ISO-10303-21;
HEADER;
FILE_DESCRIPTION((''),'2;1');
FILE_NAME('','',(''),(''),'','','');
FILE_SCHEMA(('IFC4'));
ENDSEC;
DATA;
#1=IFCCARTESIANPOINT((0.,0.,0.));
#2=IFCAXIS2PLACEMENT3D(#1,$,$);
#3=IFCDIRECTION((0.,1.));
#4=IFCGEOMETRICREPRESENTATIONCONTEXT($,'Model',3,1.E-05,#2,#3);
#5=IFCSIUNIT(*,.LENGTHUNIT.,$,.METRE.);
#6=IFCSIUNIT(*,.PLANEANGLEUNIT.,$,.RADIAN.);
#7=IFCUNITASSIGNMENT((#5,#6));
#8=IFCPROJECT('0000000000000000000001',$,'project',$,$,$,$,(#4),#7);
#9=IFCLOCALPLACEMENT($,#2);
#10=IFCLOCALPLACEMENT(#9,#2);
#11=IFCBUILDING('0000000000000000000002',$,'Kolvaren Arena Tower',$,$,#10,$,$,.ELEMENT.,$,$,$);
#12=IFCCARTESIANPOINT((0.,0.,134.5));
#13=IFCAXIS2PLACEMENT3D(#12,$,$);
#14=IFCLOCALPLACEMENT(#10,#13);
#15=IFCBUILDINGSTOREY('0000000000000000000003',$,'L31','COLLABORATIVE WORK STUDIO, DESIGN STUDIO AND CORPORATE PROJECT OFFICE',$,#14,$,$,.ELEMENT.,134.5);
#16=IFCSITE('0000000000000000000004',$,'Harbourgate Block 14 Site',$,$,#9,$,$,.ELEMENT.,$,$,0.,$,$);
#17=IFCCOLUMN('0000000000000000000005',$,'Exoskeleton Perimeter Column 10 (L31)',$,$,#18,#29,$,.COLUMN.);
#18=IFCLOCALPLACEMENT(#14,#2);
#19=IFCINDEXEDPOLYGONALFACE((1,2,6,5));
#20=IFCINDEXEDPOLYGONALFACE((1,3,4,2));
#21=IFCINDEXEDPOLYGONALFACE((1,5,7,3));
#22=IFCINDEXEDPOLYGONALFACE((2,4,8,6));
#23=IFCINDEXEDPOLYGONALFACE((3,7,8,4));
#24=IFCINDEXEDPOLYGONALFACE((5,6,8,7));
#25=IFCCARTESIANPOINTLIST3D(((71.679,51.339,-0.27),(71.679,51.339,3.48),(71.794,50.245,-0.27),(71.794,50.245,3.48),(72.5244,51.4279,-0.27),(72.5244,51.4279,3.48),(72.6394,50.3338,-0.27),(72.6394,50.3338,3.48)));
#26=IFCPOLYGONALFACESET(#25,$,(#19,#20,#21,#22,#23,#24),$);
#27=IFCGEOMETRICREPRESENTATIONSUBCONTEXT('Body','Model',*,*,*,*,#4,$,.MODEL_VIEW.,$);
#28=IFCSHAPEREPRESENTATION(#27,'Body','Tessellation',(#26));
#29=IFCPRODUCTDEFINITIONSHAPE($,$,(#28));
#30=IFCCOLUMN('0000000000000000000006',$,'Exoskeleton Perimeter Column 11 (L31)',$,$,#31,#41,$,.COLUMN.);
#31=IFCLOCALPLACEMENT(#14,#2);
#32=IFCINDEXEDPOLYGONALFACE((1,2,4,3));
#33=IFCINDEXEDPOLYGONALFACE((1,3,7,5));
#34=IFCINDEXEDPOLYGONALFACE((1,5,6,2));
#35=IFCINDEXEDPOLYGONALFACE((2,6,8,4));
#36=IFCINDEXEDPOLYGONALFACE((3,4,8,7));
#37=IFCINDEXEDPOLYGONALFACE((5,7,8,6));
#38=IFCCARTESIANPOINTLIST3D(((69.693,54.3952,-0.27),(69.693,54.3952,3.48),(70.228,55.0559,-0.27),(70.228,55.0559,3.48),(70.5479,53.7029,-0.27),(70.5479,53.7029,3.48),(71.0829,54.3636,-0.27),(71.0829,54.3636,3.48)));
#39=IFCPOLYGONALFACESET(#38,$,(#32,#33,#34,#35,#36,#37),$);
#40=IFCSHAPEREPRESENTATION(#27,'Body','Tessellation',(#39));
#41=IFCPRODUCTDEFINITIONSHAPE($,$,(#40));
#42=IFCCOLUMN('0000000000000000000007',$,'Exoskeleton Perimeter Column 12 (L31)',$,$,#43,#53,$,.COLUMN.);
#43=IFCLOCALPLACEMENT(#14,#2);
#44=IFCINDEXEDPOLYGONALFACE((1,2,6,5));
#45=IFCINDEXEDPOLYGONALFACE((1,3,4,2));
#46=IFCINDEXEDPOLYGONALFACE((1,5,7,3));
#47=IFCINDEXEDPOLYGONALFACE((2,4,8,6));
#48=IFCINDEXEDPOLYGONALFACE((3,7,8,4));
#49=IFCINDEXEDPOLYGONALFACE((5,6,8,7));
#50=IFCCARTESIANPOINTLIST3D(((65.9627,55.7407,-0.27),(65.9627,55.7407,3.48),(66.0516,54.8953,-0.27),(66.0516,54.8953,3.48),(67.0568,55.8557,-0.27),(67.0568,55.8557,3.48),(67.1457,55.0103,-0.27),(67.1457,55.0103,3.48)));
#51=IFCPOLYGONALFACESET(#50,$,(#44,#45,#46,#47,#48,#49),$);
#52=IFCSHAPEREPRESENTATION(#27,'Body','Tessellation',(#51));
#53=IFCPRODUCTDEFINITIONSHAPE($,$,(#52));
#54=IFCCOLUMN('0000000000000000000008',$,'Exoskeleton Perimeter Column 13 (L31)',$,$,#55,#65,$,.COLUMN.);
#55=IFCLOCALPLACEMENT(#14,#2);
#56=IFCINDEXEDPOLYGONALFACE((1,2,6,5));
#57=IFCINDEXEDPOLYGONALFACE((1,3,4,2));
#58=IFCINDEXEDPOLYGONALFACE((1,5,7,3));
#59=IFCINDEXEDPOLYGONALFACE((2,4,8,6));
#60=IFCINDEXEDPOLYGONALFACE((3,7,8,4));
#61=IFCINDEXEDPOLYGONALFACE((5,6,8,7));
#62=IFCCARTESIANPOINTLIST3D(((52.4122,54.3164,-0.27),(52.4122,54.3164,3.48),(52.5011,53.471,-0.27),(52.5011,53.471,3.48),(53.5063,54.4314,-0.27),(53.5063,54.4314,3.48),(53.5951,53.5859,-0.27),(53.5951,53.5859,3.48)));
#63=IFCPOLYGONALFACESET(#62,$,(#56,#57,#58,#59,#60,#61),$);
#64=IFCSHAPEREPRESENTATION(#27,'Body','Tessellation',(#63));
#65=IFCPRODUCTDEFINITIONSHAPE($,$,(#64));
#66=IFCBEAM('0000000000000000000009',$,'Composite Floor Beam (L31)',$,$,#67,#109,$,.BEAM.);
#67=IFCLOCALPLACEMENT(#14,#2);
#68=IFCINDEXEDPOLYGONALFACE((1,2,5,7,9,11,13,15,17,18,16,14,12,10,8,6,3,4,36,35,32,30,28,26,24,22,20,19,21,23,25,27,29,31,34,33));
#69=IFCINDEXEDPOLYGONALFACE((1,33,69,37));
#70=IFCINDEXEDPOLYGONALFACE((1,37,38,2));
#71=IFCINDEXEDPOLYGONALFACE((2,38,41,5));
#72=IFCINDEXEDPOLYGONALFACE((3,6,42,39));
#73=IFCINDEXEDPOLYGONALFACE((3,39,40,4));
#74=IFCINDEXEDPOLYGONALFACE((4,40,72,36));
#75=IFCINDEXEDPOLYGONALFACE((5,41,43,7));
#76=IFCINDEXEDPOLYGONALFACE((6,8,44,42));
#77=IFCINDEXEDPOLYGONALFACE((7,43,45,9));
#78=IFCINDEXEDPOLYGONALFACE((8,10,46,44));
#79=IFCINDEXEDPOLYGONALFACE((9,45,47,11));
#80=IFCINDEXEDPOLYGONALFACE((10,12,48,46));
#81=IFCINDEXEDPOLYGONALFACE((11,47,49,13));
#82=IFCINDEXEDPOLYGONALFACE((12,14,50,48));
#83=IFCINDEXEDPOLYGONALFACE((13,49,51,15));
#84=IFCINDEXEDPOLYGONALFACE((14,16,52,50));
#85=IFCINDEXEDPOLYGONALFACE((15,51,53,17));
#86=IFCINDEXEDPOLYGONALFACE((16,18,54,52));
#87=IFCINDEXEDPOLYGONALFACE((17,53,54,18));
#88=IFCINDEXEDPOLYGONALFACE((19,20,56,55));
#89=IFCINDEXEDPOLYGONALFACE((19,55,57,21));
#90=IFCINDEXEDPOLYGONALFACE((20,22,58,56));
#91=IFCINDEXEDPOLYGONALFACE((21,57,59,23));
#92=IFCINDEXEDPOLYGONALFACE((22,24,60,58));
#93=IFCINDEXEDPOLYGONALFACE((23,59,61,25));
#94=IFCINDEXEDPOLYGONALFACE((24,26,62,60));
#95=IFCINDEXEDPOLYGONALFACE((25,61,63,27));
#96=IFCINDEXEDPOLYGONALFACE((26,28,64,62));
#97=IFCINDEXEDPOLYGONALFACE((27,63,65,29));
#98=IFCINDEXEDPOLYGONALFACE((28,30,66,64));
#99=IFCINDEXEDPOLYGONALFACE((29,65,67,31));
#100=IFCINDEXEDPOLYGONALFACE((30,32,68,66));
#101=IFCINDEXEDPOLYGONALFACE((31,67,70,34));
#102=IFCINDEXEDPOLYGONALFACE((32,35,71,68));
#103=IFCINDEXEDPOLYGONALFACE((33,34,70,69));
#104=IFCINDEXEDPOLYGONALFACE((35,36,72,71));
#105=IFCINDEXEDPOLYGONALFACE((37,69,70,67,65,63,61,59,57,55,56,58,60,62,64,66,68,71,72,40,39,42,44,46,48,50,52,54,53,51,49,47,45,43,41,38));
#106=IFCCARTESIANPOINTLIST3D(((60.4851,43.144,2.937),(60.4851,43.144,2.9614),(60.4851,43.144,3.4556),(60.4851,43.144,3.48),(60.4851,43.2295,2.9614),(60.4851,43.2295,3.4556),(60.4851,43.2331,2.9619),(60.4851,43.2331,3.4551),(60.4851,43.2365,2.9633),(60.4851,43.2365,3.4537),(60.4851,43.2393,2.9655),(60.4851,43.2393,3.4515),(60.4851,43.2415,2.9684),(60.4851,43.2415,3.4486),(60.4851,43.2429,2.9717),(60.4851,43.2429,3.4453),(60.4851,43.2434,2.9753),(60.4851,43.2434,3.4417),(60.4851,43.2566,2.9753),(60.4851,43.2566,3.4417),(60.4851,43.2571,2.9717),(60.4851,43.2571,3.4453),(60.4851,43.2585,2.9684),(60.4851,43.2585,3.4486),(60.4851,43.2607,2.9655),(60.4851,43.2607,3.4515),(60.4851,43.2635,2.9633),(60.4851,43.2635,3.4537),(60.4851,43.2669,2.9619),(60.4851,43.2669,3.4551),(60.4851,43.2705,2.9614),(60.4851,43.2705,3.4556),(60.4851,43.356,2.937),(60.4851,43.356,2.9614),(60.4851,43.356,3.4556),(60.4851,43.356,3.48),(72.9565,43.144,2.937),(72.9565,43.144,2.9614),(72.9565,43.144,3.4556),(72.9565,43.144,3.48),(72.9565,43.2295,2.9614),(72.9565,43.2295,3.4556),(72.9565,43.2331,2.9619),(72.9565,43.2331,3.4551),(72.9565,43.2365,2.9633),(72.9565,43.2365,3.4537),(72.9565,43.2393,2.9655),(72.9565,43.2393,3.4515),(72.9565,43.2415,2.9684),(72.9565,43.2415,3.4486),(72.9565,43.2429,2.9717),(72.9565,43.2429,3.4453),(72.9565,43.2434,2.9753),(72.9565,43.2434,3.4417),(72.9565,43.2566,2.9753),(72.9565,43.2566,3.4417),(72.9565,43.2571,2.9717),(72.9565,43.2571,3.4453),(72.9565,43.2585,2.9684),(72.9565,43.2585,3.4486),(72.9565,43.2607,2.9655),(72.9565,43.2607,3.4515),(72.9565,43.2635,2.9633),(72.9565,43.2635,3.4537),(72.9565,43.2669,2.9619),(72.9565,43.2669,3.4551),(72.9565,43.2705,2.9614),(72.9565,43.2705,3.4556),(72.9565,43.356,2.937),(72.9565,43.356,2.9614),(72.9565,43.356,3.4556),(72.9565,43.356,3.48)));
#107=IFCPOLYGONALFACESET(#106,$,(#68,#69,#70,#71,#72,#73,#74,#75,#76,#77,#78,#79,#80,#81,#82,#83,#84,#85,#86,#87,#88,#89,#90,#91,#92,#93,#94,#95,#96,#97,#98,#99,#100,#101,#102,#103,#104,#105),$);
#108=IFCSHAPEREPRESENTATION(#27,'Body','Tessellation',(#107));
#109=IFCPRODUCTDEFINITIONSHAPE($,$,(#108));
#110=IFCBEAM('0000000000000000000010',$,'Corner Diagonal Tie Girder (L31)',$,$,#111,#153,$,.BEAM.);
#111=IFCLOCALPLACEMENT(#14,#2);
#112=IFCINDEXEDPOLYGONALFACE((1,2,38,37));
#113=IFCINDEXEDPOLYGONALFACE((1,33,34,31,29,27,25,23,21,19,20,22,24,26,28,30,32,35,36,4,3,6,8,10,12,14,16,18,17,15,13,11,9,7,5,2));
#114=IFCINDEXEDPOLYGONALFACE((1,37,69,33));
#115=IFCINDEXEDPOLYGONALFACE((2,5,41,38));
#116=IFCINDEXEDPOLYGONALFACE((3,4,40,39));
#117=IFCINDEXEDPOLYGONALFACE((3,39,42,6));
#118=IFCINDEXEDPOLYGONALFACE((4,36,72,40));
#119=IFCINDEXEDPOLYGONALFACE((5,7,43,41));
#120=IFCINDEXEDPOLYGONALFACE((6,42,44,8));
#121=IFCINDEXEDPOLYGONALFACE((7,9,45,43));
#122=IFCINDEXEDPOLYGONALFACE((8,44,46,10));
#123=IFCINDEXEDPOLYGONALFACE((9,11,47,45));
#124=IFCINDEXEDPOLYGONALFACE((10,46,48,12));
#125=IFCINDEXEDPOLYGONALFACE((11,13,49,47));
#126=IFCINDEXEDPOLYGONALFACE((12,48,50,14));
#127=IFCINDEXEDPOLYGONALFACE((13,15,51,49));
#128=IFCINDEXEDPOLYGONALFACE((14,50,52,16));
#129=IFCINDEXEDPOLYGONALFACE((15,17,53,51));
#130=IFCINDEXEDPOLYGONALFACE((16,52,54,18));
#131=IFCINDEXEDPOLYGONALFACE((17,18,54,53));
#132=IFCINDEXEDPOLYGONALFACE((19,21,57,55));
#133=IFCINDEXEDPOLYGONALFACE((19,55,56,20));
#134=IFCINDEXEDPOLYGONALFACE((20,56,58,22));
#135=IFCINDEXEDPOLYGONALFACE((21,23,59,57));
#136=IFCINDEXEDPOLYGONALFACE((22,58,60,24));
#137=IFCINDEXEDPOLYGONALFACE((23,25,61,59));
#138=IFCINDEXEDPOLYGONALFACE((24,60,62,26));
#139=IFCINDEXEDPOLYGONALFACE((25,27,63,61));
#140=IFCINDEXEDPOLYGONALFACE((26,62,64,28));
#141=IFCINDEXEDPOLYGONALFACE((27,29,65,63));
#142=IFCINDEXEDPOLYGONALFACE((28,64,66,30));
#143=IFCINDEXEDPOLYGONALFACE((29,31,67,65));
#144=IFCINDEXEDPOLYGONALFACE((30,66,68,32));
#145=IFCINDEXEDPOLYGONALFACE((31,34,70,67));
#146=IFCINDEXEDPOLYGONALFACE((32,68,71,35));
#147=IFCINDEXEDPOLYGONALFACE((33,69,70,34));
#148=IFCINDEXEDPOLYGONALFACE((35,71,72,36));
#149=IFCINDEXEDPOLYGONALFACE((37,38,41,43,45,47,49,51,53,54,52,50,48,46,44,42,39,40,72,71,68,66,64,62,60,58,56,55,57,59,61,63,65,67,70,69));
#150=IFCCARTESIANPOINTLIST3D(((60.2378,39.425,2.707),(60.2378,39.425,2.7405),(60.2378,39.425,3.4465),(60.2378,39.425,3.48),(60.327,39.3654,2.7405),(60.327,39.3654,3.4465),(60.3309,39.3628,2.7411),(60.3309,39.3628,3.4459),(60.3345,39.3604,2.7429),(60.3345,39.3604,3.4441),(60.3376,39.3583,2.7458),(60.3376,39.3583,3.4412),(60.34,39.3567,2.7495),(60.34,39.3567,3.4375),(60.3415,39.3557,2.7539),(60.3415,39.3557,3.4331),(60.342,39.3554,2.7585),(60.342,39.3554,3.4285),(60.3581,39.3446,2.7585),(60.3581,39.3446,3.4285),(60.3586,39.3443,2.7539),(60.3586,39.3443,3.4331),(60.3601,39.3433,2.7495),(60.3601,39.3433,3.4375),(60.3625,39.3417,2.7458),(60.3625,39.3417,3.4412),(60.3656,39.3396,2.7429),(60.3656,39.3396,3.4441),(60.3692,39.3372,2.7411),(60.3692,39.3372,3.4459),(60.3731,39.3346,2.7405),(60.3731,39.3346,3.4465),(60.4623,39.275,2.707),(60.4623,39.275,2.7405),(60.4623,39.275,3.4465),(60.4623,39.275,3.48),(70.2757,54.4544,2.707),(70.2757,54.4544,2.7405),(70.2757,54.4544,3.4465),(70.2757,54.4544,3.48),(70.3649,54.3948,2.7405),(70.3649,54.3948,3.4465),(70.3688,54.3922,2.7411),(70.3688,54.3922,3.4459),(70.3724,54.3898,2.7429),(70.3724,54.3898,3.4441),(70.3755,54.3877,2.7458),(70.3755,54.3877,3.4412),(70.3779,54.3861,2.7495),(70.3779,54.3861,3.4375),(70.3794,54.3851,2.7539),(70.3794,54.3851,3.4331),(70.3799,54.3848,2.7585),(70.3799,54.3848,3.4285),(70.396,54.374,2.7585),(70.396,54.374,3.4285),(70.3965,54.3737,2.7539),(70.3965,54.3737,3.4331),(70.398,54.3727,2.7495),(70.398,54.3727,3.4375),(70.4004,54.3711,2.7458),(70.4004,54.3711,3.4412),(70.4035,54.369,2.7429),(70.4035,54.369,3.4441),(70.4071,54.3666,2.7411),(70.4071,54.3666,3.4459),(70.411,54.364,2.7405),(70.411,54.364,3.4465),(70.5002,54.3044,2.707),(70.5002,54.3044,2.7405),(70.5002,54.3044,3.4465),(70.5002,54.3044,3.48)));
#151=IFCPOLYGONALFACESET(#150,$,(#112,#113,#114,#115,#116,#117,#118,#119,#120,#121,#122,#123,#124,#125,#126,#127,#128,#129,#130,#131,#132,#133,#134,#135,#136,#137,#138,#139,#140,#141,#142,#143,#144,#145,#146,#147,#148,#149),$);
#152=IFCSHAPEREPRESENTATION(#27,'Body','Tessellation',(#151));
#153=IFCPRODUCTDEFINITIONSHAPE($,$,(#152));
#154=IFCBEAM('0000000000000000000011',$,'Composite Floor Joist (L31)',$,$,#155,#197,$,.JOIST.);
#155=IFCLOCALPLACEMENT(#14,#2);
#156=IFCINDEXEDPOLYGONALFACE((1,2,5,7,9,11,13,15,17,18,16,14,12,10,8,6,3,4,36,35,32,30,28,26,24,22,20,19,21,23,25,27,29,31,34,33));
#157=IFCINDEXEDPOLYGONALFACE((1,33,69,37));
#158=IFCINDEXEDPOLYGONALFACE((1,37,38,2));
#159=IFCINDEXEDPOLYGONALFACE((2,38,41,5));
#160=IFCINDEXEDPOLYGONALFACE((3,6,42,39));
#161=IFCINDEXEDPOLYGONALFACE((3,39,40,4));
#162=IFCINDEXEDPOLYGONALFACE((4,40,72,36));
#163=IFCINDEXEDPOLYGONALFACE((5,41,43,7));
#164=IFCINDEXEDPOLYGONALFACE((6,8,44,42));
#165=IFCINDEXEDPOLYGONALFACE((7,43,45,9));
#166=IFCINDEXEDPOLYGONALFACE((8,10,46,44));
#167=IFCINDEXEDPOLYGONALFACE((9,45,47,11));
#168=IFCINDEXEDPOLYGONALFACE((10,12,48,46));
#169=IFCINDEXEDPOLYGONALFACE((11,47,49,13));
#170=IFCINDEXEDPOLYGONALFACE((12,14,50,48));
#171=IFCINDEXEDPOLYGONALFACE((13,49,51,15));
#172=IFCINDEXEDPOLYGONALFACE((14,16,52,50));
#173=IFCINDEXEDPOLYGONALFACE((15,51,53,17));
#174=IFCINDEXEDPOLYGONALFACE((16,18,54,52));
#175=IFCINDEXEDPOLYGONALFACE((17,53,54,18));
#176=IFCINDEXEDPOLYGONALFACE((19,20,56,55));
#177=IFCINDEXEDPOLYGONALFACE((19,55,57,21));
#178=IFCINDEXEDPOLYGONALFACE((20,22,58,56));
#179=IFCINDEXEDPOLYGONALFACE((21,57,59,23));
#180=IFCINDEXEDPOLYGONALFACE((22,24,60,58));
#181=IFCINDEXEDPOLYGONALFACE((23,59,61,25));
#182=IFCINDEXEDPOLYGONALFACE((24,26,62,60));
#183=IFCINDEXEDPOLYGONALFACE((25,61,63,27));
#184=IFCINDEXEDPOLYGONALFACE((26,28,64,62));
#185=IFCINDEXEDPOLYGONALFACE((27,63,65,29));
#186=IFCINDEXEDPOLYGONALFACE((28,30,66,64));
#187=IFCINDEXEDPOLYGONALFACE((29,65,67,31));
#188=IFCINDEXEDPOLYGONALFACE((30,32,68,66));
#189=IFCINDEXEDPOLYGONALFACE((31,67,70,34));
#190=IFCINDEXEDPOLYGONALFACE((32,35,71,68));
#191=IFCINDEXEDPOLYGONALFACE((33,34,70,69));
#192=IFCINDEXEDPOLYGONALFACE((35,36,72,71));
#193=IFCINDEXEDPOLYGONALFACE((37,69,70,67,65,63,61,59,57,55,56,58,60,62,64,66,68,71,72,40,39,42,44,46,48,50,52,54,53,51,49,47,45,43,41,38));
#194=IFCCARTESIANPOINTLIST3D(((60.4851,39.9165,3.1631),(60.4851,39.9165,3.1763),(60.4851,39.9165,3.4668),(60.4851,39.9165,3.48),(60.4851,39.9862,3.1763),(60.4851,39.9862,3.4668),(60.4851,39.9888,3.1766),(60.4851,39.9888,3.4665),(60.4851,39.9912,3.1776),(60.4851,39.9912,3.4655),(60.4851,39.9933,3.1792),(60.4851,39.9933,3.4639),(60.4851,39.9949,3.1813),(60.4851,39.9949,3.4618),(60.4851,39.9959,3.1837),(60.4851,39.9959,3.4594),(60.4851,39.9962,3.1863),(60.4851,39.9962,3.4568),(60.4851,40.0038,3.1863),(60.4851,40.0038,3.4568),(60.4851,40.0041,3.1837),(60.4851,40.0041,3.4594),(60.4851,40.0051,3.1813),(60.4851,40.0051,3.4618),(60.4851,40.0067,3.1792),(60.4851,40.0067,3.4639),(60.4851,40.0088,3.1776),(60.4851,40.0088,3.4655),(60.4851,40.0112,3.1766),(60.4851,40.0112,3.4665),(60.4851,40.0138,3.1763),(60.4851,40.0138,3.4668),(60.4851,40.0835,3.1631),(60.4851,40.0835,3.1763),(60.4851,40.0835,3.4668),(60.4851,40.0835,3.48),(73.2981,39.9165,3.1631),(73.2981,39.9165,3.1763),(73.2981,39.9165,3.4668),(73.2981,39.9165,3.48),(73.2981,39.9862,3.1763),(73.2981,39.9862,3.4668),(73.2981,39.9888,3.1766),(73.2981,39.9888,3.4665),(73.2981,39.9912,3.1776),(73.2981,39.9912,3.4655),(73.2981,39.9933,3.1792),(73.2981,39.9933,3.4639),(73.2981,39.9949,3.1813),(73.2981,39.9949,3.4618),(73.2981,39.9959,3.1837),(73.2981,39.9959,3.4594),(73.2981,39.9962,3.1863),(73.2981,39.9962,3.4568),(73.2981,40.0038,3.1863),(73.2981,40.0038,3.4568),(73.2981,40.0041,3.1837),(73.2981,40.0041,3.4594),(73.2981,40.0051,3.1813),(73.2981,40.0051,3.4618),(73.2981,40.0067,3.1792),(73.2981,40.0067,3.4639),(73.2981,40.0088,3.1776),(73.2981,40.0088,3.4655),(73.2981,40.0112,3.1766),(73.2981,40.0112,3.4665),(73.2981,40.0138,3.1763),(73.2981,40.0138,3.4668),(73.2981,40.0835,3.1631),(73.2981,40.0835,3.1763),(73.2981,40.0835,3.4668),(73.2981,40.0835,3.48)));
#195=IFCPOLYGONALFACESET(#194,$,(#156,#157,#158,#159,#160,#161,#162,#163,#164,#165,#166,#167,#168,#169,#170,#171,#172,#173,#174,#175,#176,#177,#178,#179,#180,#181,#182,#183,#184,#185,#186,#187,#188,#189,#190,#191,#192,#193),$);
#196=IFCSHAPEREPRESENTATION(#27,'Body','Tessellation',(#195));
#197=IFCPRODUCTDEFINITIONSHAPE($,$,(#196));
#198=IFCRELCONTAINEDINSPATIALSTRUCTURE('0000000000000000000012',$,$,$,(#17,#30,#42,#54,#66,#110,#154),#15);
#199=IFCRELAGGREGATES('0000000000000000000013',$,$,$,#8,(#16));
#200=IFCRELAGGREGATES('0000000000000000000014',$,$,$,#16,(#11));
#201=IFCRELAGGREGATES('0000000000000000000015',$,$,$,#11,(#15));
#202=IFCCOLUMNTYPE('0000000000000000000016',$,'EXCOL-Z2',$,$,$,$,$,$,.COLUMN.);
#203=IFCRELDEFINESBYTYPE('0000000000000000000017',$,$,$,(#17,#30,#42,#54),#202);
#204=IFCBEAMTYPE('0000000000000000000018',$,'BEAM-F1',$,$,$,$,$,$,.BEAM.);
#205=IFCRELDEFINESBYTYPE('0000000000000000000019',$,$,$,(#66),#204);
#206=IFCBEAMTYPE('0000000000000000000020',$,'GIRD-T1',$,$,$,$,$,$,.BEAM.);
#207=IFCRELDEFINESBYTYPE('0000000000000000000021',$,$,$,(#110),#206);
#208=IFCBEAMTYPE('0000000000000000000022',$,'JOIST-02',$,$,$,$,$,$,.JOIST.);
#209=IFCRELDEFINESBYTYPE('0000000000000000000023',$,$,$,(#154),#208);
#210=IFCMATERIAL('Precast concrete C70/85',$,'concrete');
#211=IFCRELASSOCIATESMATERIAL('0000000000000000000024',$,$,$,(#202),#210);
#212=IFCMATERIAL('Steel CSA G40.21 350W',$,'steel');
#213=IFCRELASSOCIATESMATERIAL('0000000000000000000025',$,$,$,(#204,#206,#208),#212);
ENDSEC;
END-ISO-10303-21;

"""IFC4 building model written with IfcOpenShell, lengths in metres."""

from ifc_helpers import new_model, si_unit, direction, frame, origin, origin_2d, place, context, subcontext, project, spatial, rectangle, i_section, extrude, material, material_profile, profile_set, type_object, element, save


model = new_model("IFC4")

# Units and contexts
model_context = context("Model", 3, precision=1e-05, world=origin(), true_north=direction((0.0, 1.0)))
body_context = subcontext(model_context, "Body", "Model", "MODEL_VIEW")
ifc_project = project(units=[si_unit("LENGTHUNIT", "METRE"), si_unit("PLANEANGLEUNIT", "RADIAN")], contexts=[model_context])

# Site, building, storey
site_placement = place(None, origin())
site = spatial("IfcSite", under=ifc_project, at=site_placement, Name="Harbourgate Block 14 Site", CompositionType="ELEMENT", RefElevation=0.0)
building_placement = place(site_placement, origin())
building = spatial("IfcBuilding", under=site, at=building_placement, Name="Kolvaren Arena Tower", CompositionType="ELEMENT")
storey_placement = place(building_placement, frame((0.0, 0.0, 134.5)))
storey = spatial("IfcBuildingStorey", under=building, at=storey_placement, Name="L31", Description="COLLABORATIVE WORK STUDIO, DESIGN STUDIO AND CORPORATE PROJECT OFFICE", CompositionType="ELEMENT", Elevation=134.5)

# Columns
ifc_material_1 = material(Name="Precast concrete C70/85", Category="concrete")
ifc_material_profile_1 = material_profile(ifc_material_1, rectangle(XDim=1.1001, YDim=0.8501, at=origin_2d()), Name="RC-1100x850")
ifc_profile_set_1 = profile_set([ifc_material_profile_1], Name="Precast concrete C70/85")
column_type = type_object("IfcColumnType", Name="EXCOL-Z2", PredefinedType="COLUMN", material=ifc_profile_set_1)
for number, where, z_axis, x_axis, name in (
    (1, (72.1592, 50.8364, -0.27), (0.0, 0.0, 1.0), (-0.104528, 0.994522, 0.0), "Exoskeleton Perimeter Column 10 (L31)"),
    (2, (70.3879, 54.3794, -0.27), (0.0, 0.0, 1.0), (-0.777146, 0.62932, 0.0), "Exoskeleton Perimeter Column 11 (L31)"),
    (3, (66.5542, 55.3755, -0.27), (0.0, 0.0, 1.0), (0.994522, 0.104528, 0.0), "Exoskeleton Perimeter Column 12 (L31)"),
    (4, (53.0037, 53.9512, -0.27), (0.0, 0.0, 1.0), (0.994522, 0.104528, 0.0), "Exoskeleton Perimeter Column 13 (L31)"),
):
    element("IfcColumn", number, at=place(storey_placement, frame(where, z_axis=z_axis, x_axis=x_axis)), inside=storey, type_object=column_type, Name=name, PredefinedType="COLUMN", context=body_context, shape_type="SweptSolid", body=[
        extrude(rectangle(XDim=1.1001, YDim=0.8501, at=origin_2d()), origin(), (0.0, 0.0, 1.0), 3.75),
    ])

# Beams
ifc_material_2 = material(Name="Steel CSA G40.21 350W", Category="steel")
ifc_material_profile_2 = material_profile(ifc_material_2, i_section(OverallWidth=0.2119, OverallDepth=0.543, WebThickness=0.0132, FlangeThickness=0.0244, FilletRadius=0.0139, at=origin_2d()), Name="W530x150")
ifc_profile_set_2 = profile_set([ifc_material_profile_2], Name="Steel CSA G40.21 350W")
beam_type_1 = type_object("IfcBeamType", Name="BEAM-F1", PredefinedType="BEAM", material=ifc_profile_set_2)
beam_1_placement = place(storey_placement, frame((60.4851, 43.25, 3.2085), z_axis=(1.0, 0.0, 0.0), x_axis=(0.0, 1.0, 0.0)))
element("IfcBeam", 5, at=beam_1_placement, inside=storey, type_object=beam_type_1, Name="Composite Floor Beam (L31)", PredefinedType="BEAM", context=body_context, shape_type="SweptSolid", body=[
    extrude(i_section(OverallWidth=0.2119, OverallDepth=0.543, WebThickness=0.0132, FlangeThickness=0.0244, FilletRadius=0.0139, at=origin_2d()), origin(), (0.0, 0.0, 1.0), 12.4714),
])
ifc_material_profile_3 = material_profile(ifc_material_2, i_section(OverallWidth=0.27, OverallDepth=0.7729, WebThickness=0.0193, FlangeThickness=0.0334, FilletRadius=0.0181, at=origin_2d()), Name="W760x257")
ifc_profile_set_3 = profile_set([ifc_material_profile_3], Name="Steel CSA G40.21 350W")
beam_type_2 = type_object("IfcBeamType", Name="GIRD-T1", PredefinedType="BEAM", material=ifc_profile_set_3)
beam_2_placement = place(storey_placement, frame((70.3879, 54.3794, 3.0935), z_axis=(-0.555401, -0.831582, 0.0), x_axis=(0.831582, -0.555401, 0.0)))
element("IfcBeam", 6, at=beam_2_placement, inside=storey, type_object=beam_type_2, Name="Corner Diagonal Tie Girder (L31)", PredefinedType="BEAM", context=body_context, shape_type="SweptSolid", body=[
    extrude(i_section(OverallWidth=0.27, OverallDepth=0.7729, WebThickness=0.0193, FlangeThickness=0.0334, FilletRadius=0.0181, at=origin_2d()), origin(), (0.0, 0.0, 1.0), 18.0732),
])
ifc_material_profile_4 = material_profile(ifc_material_2, i_section(OverallWidth=0.167, OverallDepth=0.3169, WebThickness=0.0076, FlangeThickness=0.0132, FilletRadius=0.01, at=origin_2d()), Name="W310x52")
ifc_profile_set_4 = profile_set([ifc_material_profile_4], Name="Steel CSA G40.21 350W")
beam_type_3 = type_object("IfcBeamType", Name="JOIST-02", PredefinedType="JOIST", material=ifc_profile_set_4)
beam_3_placement = place(storey_placement, frame((60.4851, 40.0, 3.3215), z_axis=(1.0, 0.0, 0.0), x_axis=(0.0, 1.0, 0.0)))
element("IfcBeam", 7, at=beam_3_placement, inside=storey, type_object=beam_type_3, Name="Composite Floor Joist (L31)", PredefinedType="JOIST", context=body_context, shape_type="SweptSolid", body=[
    extrude(i_section(OverallWidth=0.167, OverallDepth=0.3169, WebThickness=0.0076, FlangeThickness=0.0132, FilletRadius=0.01, at=origin_2d()), origin(), (0.0, 0.0, 1.0), 12.813),
])

save(model, "model.ifc")
